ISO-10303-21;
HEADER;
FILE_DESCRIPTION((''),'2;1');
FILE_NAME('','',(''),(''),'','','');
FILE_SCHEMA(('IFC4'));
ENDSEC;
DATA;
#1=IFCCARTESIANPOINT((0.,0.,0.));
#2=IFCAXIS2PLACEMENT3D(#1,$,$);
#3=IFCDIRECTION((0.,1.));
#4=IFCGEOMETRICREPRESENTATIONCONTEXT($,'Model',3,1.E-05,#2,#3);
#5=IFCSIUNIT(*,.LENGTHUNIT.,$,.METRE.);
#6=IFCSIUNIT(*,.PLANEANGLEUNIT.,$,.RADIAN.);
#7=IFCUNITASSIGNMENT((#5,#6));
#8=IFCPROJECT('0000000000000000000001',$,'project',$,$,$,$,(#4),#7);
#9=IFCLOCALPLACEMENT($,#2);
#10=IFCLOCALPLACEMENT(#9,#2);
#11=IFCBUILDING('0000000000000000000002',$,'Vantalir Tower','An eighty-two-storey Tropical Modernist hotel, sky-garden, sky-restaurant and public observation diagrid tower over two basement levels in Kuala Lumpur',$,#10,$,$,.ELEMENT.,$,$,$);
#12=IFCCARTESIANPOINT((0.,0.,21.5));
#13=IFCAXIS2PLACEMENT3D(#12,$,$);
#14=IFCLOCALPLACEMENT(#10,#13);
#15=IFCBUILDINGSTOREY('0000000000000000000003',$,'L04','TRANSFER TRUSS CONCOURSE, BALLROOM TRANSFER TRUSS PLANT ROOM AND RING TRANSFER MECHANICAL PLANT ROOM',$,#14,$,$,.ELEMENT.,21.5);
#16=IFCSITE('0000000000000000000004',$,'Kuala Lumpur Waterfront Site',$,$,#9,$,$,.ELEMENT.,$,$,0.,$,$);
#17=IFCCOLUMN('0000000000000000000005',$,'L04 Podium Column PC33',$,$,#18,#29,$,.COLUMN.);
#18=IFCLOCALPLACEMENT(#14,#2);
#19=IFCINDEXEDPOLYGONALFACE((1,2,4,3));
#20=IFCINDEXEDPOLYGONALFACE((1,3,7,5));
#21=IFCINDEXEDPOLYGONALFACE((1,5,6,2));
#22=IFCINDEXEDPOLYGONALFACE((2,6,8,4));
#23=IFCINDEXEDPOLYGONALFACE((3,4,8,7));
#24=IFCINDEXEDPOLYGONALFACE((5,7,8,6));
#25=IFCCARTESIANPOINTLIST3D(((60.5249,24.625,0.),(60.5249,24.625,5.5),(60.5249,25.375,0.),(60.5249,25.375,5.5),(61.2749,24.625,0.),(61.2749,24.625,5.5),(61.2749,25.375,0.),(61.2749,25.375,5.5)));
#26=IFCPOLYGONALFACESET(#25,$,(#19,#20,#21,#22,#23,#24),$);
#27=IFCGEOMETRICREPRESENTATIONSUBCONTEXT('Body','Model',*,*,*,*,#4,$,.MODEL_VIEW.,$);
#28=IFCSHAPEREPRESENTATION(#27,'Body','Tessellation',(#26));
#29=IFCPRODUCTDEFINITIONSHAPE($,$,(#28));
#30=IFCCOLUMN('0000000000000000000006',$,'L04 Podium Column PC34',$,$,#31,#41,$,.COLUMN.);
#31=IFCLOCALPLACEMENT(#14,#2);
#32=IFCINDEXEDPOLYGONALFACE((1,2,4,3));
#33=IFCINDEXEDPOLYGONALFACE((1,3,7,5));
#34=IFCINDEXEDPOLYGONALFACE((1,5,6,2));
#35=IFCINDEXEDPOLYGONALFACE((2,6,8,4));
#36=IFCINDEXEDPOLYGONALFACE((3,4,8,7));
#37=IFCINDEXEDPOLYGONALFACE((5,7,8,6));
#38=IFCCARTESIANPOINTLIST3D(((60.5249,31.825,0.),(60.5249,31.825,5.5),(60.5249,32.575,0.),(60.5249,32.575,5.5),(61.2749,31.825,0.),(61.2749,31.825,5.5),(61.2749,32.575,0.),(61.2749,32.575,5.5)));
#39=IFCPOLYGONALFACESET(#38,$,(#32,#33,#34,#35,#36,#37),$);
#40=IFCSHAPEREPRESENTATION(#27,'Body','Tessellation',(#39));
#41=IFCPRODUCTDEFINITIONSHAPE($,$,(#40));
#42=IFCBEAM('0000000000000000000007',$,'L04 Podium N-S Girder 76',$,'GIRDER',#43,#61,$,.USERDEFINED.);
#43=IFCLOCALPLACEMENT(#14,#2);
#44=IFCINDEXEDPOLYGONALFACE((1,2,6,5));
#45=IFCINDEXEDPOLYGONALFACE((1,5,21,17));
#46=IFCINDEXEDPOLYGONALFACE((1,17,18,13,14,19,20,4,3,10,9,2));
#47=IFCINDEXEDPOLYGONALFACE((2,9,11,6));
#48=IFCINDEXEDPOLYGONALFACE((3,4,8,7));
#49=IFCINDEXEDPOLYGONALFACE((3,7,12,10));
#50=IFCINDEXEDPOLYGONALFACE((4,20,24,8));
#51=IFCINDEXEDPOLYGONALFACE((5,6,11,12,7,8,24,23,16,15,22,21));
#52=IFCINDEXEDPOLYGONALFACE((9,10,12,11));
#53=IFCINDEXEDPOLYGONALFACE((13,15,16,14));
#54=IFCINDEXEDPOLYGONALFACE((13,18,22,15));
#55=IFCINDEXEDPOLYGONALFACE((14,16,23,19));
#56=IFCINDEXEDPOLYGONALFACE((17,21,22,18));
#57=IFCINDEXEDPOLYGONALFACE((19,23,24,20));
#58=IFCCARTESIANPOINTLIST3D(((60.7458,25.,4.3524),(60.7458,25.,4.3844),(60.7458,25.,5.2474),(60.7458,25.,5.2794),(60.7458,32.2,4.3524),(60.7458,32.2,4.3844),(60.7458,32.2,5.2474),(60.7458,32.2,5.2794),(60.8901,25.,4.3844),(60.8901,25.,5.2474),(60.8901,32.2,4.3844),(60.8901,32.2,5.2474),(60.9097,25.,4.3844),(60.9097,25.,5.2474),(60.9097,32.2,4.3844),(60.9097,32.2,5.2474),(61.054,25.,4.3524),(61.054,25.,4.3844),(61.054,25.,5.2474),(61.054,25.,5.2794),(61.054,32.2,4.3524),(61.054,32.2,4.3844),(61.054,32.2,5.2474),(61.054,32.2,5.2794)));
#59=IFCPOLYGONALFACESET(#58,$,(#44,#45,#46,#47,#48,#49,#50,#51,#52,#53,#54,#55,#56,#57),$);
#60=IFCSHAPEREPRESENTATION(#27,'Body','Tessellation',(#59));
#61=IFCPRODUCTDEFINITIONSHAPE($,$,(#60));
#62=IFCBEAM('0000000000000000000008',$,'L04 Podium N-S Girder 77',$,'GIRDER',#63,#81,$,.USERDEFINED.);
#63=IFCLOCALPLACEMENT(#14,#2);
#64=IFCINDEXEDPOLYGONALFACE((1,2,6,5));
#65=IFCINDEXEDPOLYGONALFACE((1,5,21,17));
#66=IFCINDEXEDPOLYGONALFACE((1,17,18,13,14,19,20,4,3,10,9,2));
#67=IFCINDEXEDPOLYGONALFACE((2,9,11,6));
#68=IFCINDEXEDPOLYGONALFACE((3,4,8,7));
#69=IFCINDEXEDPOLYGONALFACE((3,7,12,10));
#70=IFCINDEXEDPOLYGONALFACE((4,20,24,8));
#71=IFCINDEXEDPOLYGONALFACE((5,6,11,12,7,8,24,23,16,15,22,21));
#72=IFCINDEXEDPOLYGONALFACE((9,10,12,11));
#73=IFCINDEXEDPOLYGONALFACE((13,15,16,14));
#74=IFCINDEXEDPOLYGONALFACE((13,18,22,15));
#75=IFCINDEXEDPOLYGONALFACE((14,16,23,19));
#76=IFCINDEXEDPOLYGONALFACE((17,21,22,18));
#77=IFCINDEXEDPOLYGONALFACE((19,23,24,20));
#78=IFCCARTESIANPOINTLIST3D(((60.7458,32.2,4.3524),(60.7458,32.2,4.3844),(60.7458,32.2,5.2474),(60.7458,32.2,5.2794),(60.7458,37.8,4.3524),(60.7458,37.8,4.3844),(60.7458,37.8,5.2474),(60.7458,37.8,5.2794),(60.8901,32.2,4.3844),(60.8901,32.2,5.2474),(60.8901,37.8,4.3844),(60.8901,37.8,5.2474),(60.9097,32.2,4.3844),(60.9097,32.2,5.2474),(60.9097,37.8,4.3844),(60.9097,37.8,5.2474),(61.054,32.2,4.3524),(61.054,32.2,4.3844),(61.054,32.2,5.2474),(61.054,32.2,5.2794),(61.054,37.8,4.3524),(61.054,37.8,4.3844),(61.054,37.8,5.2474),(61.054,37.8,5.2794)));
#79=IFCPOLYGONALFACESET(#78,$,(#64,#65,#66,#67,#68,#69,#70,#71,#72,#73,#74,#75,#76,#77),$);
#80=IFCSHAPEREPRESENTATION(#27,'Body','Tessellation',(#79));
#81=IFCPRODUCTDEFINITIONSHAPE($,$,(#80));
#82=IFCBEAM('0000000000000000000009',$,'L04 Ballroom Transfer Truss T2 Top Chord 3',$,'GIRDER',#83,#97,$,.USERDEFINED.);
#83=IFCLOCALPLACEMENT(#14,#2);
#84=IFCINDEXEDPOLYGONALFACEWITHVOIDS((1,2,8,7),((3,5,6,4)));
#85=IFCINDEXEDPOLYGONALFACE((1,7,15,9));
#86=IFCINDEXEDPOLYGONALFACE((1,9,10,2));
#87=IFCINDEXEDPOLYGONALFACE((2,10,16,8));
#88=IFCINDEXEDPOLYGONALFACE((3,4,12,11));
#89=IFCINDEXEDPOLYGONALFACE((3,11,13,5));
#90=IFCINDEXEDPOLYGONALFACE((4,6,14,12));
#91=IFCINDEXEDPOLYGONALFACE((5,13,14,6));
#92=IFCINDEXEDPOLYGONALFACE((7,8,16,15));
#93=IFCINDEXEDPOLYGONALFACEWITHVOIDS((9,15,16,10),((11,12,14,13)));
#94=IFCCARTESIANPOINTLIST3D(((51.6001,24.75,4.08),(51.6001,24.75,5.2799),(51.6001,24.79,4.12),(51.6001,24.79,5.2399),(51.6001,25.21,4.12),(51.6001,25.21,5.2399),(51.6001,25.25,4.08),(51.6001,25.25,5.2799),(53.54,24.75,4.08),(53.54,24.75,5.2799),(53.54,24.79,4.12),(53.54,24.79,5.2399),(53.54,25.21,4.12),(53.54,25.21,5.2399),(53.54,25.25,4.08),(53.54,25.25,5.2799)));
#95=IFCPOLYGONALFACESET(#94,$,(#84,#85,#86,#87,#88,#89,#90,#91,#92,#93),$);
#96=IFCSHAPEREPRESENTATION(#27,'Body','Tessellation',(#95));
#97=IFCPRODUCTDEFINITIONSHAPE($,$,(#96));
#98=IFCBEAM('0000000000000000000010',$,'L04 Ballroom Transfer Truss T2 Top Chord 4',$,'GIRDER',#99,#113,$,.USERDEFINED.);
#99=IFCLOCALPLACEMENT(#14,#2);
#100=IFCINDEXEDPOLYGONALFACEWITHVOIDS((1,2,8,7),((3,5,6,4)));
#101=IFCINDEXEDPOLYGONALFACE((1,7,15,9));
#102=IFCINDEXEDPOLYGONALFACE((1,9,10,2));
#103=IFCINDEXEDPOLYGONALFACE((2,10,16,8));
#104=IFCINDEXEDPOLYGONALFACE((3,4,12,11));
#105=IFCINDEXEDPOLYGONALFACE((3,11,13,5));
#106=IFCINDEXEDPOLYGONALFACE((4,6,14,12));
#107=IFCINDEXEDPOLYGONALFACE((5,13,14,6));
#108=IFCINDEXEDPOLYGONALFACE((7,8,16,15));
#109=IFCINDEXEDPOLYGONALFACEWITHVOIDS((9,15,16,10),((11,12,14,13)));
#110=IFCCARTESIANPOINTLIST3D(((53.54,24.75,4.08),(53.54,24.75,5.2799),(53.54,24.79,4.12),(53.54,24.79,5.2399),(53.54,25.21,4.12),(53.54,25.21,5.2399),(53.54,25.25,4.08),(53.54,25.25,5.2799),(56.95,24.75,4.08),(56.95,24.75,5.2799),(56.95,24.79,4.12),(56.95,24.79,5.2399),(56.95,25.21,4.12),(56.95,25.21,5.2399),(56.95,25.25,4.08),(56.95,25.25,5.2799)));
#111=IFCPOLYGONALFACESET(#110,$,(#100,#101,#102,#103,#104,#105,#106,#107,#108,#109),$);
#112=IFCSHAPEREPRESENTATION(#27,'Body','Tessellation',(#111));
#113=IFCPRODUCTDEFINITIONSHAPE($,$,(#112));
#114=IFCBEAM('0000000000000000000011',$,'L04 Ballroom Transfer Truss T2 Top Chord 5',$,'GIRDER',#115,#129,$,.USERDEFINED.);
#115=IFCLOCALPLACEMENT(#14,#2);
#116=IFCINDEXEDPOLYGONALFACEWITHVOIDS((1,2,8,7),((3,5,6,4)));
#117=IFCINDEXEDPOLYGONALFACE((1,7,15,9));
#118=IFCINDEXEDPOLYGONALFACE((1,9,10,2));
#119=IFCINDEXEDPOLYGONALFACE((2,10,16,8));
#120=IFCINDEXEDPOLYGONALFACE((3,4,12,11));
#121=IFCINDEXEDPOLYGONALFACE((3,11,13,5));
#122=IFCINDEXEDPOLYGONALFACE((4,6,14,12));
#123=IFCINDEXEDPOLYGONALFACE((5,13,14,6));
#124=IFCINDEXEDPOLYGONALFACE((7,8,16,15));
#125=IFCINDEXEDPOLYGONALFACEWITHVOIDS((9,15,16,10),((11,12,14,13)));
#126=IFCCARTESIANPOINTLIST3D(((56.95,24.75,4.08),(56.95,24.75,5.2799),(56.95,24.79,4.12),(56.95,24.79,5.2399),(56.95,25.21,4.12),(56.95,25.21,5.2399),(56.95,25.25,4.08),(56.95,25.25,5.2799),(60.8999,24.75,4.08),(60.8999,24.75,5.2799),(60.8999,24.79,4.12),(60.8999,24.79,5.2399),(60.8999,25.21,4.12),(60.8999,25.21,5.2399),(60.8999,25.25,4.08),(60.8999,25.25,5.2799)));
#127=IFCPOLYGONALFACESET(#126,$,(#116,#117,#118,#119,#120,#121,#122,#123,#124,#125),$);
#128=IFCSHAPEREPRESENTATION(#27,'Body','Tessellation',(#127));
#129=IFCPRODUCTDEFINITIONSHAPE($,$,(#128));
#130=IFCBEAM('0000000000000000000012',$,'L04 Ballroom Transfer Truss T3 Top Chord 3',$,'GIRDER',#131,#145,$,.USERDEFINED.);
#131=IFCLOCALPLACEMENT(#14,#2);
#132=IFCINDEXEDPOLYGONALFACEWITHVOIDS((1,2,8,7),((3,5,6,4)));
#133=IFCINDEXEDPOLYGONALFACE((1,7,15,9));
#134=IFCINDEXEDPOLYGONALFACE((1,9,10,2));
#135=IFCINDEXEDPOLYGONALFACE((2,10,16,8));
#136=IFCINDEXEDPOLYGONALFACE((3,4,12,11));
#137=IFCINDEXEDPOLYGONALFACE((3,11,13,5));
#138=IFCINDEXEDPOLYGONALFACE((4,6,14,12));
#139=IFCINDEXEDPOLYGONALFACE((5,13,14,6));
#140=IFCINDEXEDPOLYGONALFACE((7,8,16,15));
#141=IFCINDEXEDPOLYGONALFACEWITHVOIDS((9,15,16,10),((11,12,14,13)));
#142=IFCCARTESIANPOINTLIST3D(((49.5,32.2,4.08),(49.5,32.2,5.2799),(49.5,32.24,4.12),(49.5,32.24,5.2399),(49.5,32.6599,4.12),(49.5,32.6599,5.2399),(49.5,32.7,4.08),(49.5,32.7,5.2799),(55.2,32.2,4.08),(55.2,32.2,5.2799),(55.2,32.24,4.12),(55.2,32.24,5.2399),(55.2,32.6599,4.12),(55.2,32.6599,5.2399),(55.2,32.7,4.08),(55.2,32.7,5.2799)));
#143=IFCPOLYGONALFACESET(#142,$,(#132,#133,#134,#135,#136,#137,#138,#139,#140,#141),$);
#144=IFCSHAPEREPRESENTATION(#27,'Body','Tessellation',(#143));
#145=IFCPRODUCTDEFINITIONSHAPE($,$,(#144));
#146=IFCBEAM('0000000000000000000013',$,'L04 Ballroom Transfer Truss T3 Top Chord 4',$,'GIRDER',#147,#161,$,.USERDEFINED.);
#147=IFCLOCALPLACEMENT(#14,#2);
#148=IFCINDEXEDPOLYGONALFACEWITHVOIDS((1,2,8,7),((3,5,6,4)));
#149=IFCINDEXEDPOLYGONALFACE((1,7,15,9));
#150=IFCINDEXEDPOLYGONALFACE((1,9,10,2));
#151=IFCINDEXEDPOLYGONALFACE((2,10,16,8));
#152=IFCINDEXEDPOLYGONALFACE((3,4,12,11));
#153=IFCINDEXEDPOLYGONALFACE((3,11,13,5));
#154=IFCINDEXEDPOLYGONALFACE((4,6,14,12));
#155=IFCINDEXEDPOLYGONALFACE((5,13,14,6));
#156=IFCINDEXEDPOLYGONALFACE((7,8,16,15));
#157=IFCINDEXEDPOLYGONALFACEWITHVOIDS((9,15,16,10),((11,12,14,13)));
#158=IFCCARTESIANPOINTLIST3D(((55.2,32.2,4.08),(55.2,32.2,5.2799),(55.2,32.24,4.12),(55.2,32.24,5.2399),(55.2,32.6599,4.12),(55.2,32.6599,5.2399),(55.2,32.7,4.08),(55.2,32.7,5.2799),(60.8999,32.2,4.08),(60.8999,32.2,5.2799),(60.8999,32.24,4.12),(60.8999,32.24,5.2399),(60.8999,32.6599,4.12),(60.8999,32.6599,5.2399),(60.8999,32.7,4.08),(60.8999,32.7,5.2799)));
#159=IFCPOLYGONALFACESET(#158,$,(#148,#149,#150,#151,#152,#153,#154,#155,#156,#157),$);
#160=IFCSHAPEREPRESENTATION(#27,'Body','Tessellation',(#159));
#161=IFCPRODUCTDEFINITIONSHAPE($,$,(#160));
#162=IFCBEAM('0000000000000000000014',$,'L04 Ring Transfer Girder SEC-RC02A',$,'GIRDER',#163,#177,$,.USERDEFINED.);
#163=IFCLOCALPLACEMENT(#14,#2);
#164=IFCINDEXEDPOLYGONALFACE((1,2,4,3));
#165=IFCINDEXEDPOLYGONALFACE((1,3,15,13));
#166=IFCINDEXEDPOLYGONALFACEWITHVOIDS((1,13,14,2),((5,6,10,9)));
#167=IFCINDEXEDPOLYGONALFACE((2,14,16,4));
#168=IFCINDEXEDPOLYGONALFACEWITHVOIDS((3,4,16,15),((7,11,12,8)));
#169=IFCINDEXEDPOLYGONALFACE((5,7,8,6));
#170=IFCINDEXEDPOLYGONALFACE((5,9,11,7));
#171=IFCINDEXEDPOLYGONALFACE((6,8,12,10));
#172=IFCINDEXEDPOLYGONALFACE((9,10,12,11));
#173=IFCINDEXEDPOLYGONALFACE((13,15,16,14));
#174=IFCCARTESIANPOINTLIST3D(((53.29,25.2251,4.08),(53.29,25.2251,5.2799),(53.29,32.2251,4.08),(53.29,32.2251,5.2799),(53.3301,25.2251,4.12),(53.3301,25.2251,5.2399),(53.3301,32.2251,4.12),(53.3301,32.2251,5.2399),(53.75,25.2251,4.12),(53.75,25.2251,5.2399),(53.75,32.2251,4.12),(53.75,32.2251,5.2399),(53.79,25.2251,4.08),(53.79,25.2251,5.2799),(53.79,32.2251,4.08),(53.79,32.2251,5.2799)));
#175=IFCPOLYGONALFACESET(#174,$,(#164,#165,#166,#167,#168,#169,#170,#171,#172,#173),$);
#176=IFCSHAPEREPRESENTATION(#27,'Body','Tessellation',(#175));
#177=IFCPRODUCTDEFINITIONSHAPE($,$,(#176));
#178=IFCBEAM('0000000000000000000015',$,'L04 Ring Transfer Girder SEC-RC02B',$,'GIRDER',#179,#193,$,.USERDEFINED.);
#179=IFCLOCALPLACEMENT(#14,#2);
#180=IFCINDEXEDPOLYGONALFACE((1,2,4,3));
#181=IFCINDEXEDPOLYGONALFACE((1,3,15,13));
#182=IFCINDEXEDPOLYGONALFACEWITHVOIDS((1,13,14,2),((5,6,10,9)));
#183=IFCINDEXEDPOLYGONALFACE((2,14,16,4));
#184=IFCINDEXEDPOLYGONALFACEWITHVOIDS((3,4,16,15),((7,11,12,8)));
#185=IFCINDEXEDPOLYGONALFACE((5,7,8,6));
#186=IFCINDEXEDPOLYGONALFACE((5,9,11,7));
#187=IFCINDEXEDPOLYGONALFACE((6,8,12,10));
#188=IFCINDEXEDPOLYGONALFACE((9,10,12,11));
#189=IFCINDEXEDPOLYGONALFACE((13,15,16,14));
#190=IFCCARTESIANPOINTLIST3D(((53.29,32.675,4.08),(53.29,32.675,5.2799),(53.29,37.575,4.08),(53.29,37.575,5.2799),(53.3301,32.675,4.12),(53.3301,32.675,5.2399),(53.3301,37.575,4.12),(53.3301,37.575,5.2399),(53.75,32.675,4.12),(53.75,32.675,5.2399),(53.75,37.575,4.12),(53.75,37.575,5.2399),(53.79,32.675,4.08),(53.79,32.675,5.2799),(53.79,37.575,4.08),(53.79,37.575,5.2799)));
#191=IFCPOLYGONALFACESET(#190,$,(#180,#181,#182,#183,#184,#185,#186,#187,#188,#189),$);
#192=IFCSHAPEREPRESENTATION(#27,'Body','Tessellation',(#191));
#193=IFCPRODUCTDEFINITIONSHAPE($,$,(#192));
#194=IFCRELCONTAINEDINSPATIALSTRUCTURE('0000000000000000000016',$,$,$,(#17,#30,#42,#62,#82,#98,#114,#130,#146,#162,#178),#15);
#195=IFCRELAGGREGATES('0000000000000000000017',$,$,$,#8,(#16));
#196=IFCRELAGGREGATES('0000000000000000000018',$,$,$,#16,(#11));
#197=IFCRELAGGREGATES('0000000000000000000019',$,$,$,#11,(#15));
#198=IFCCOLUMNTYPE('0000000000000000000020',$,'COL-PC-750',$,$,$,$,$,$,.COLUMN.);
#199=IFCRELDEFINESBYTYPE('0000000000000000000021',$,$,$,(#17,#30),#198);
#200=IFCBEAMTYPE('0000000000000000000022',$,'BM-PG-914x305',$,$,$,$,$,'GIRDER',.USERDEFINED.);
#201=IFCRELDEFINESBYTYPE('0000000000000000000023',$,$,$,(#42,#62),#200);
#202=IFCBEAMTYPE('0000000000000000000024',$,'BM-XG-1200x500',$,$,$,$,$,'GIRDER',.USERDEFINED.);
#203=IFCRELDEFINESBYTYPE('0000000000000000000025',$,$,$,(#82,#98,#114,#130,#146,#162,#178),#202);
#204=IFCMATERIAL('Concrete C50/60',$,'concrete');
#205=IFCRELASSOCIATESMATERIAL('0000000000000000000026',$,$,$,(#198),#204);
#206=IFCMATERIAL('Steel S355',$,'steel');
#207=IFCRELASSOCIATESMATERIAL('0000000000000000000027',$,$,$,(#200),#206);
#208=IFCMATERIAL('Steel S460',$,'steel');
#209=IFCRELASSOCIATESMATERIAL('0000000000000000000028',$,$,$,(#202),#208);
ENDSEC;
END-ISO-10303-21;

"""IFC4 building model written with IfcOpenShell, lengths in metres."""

from ifc_helpers import new_model, si_unit, direction, frame, origin, origin_2d, place, context, subcontext, project, spatial, rectangle, hollow_rectangle, i_section, extrude, material, material_profile, profile_set, type_object, element, save


model = new_model("IFC4")

# Units and contexts
model_context = context("Model", 3, precision=1e-05, world=origin(), true_north=direction((0.0, 1.0)))
body_context = subcontext(model_context, "Body", "Model", "MODEL_VIEW")
ifc_project = project(units=[si_unit("LENGTHUNIT", "METRE"), si_unit("PLANEANGLEUNIT", "RADIAN")], contexts=[model_context])

# Site, building, storey
site_placement = place(None, origin())
site = spatial("IfcSite", under=ifc_project, at=site_placement, Name="Kuala Lumpur Waterfront Site", CompositionType="ELEMENT", RefElevation=0.0)
building_placement = place(site_placement, origin())
building = spatial("IfcBuilding", under=site, at=building_placement, Name="Vantalir Tower", Description="An eighty-two-storey Tropical Modernist hotel, sky-garden, sky-restaurant and public observation diagrid tower over two basement levels in Kuala Lumpur", CompositionType="ELEMENT")
storey_placement = place(building_placement, frame((0.0, 0.0, 21.5)))
storey = spatial("IfcBuildingStorey", under=building, at=storey_placement, Name="L04", Description="TRANSFER TRUSS CONCOURSE, BALLROOM TRANSFER TRUSS PLANT ROOM AND RING TRANSFER MECHANICAL PLANT ROOM", CompositionType="ELEMENT", Elevation=21.5)

# Columns
ifc_material_1 = material(Name="Concrete C50/60", Category="concrete")
ifc_material_profile_1 = material_profile(ifc_material_1, rectangle(XDim=0.75, YDim=0.75, at=origin_2d()), Name="Concrete C50/60")
ifc_profile_set_1 = profile_set([ifc_material_profile_1], Name="Concrete C50/60")
column_type = type_object("IfcColumnType", Name="COL-PC-750", PredefinedType="COLUMN", material=ifc_profile_set_1)
for number, where, z_axis, x_axis, name in (
    (1, (60.8999, 25.0, 0.0), (0.0, 0.0, 1.0), (1.0, 0.0, 0.0), "L04 Podium Column PC33"),
    (2, (60.8999, 32.2, 0.0), (0.0, 0.0, 1.0), (1.0, 0.0, 0.0), "L04 Podium Column PC34"),
):
    element("IfcColumn", number, at=place(storey_placement, frame(where, z_axis=z_axis, x_axis=x_axis)), inside=storey, type_object=column_type, Name=name, PredefinedType="COLUMN", context=body_context, shape_type="SweptSolid", body=[
        extrude(rectangle(XDim=0.75, YDim=0.75, at=origin_2d()), origin(), (0.0, 0.0, 1.0), 5.5),
    ])

# Beams
ifc_material_2 = material(Name="Steel S355", Category="steel")
ifc_material_profile_2 = material_profile(ifc_material_2, i_section(OverallWidth=0.3081, OverallDepth=0.927, WebThickness=0.0195, FlangeThickness=0.032, at=origin_2d()), Name="Steel S355")
ifc_profile_set_2 = profile_set([ifc_material_profile_2], Name="Steel S355")
beam_type_1 = type_object("IfcBeamType", Name="BM-PG-914x305", ElementType="GIRDER", PredefinedType="USERDEFINED", material=ifc_profile_set_2)
beam_1_placement = place(storey_placement, frame((60.8999, 25.0, 4.8159), z_axis=(0.0, 1.0, 0.0), x_axis=(-1.0, 0.0, 0.0)))
element("IfcBeam", 3, at=beam_1_placement, inside=storey, type_object=beam_type_1, Name="L04 Podium N-S Girder 76", ObjectType="GIRDER", PredefinedType="USERDEFINED", context=body_context, shape_type="SweptSolid", body=[
    extrude(i_section(OverallWidth=0.3081, OverallDepth=0.927, WebThickness=0.0195, FlangeThickness=0.032, at=origin_2d()), origin(), (0.0, 0.0, 1.0), 7.2),
])
beam_2_placement = place(storey_placement, frame((60.8999, 32.2, 4.8159), z_axis=(0.0, 1.0, 0.0), x_axis=(-1.0, 0.0, 0.0)))
element("IfcBeam", 4, at=beam_2_placement, inside=storey, type_object=beam_type_1, Name="L04 Podium N-S Girder 77", ObjectType="GIRDER", PredefinedType="USERDEFINED", context=body_context, shape_type="SweptSolid", body=[
    extrude(i_section(OverallWidth=0.3081, OverallDepth=0.927, WebThickness=0.0195, FlangeThickness=0.032, at=origin_2d()), origin(), (0.0, 0.0, 1.0), 5.6001),
])
ifc_material_3 = material(Name="Steel S460", Category="steel")
ifc_material_profile_3 = material_profile(ifc_material_3, hollow_rectangle(XDim=0.5, YDim=1.2, WallThickness=0.04, at=origin_2d()), Name="Steel S460")
ifc_profile_set_3 = profile_set([ifc_material_profile_3], Name="Steel S460")
beam_type_2 = type_object("IfcBeamType", Name="BM-XG-1200x500", ElementType="GIRDER", PredefinedType="USERDEFINED", material=ifc_profile_set_3)
beam_3_placement = place(storey_placement, frame((51.6001, 25.0, 4.6799), z_axis=(1.0, 0.0, 0.0), x_axis=(0.0, 1.0, 0.0)))
element("IfcBeam", 5, at=beam_3_placement, inside=storey, type_object=beam_type_2, Name="L04 Ballroom Transfer Truss T2 Top Chord 3", ObjectType="GIRDER", PredefinedType="USERDEFINED", context=body_context, shape_type="SweptSolid", body=[
    extrude(hollow_rectangle(XDim=0.5, YDim=1.2, WallThickness=0.04, at=origin_2d()), origin(), (0.0, 0.0, 1.0), 1.9399),
])
beam_4_placement = place(storey_placement, frame((53.54, 25.0, 4.6799), z_axis=(1.0, 0.0, 0.0), x_axis=(0.0, 1.0, 0.0)))
element("IfcBeam", 6, at=beam_4_placement, inside=storey, type_object=beam_type_2, Name="L04 Ballroom Transfer Truss T2 Top Chord 4", ObjectType="GIRDER", PredefinedType="USERDEFINED", context=body_context, shape_type="SweptSolid", body=[
    extrude(hollow_rectangle(XDim=0.5, YDim=1.2, WallThickness=0.04, at=origin_2d()), origin(), (0.0, 0.0, 1.0), 3.4099),
])
beam_5_placement = place(storey_placement, frame((56.95, 25.0, 4.6799), z_axis=(1.0, 0.0, 0.0), x_axis=(0.0, 1.0, 0.0)))
element("IfcBeam", 7, at=beam_5_placement, inside=storey, type_object=beam_type_2, Name="L04 Ballroom Transfer Truss T2 Top Chord 5", ObjectType="GIRDER", PredefinedType="USERDEFINED", context=body_context, shape_type="SweptSolid", body=[
    extrude(hollow_rectangle(XDim=0.5, YDim=1.2, WallThickness=0.04, at=origin_2d()), origin(), (0.0, 0.0, 1.0), 3.95),
])
for number, where, z_axis, x_axis, name in (
    (8, (49.5, 32.45, 4.6799), (1.0, 0.0, 0.0), (0.0, 1.0, 0.0), "L04 Ballroom Transfer Truss T3 Top Chord 3"),
    (9, (55.2, 32.45, 4.6799), (1.0, 0.0, 0.0), (0.0, 1.0, 0.0), "L04 Ballroom Transfer Truss T3 Top Chord 4"),
):
    element("IfcBeam", number, at=place(storey_placement, frame(where, z_axis=z_axis, x_axis=x_axis)), inside=storey, type_object=beam_type_2, Name=name, ObjectType="GIRDER", PredefinedType="USERDEFINED", context=body_context, shape_type="SweptSolid", body=[
        extrude(hollow_rectangle(XDim=0.5, YDim=1.2, WallThickness=0.04, at=origin_2d()), origin(), (0.0, 0.0, 1.0), 5.7),
    ])
beam_6_placement = place(storey_placement, frame((53.54, 25.2251, 4.6799), z_axis=(0.0, 1.0, 0.0), x_axis=(-1.0, 0.0, 0.0)))
element("IfcBeam", 10, at=beam_6_placement, inside=storey, type_object=beam_type_2, Name="L04 Ring Transfer Girder SEC-RC02A", ObjectType="GIRDER", PredefinedType="USERDEFINED", context=body_context, shape_type="SweptSolid", body=[
    extrude(hollow_rectangle(XDim=0.5, YDim=1.2, WallThickness=0.04, at=origin_2d()), origin(), (0.0, 0.0, 1.0), 7.0),
])
beam_7_placement = place(storey_placement, frame((53.54, 32.675, 4.6799), z_axis=(0.0, 1.0, 0.0), x_axis=(-1.0, 0.0, 0.0)))
element("IfcBeam", 11, at=beam_7_placement, inside=storey, type_object=beam_type_2, Name="L04 Ring Transfer Girder SEC-RC02B", ObjectType="GIRDER", PredefinedType="USERDEFINED", context=body_context, shape_type="SweptSolid", body=[
    extrude(hollow_rectangle(XDim=0.5, YDim=1.2, WallThickness=0.04, at=origin_2d()), origin(), (0.0, 0.0, 1.0), 4.8999),
])

save(model, "model.ifc")
